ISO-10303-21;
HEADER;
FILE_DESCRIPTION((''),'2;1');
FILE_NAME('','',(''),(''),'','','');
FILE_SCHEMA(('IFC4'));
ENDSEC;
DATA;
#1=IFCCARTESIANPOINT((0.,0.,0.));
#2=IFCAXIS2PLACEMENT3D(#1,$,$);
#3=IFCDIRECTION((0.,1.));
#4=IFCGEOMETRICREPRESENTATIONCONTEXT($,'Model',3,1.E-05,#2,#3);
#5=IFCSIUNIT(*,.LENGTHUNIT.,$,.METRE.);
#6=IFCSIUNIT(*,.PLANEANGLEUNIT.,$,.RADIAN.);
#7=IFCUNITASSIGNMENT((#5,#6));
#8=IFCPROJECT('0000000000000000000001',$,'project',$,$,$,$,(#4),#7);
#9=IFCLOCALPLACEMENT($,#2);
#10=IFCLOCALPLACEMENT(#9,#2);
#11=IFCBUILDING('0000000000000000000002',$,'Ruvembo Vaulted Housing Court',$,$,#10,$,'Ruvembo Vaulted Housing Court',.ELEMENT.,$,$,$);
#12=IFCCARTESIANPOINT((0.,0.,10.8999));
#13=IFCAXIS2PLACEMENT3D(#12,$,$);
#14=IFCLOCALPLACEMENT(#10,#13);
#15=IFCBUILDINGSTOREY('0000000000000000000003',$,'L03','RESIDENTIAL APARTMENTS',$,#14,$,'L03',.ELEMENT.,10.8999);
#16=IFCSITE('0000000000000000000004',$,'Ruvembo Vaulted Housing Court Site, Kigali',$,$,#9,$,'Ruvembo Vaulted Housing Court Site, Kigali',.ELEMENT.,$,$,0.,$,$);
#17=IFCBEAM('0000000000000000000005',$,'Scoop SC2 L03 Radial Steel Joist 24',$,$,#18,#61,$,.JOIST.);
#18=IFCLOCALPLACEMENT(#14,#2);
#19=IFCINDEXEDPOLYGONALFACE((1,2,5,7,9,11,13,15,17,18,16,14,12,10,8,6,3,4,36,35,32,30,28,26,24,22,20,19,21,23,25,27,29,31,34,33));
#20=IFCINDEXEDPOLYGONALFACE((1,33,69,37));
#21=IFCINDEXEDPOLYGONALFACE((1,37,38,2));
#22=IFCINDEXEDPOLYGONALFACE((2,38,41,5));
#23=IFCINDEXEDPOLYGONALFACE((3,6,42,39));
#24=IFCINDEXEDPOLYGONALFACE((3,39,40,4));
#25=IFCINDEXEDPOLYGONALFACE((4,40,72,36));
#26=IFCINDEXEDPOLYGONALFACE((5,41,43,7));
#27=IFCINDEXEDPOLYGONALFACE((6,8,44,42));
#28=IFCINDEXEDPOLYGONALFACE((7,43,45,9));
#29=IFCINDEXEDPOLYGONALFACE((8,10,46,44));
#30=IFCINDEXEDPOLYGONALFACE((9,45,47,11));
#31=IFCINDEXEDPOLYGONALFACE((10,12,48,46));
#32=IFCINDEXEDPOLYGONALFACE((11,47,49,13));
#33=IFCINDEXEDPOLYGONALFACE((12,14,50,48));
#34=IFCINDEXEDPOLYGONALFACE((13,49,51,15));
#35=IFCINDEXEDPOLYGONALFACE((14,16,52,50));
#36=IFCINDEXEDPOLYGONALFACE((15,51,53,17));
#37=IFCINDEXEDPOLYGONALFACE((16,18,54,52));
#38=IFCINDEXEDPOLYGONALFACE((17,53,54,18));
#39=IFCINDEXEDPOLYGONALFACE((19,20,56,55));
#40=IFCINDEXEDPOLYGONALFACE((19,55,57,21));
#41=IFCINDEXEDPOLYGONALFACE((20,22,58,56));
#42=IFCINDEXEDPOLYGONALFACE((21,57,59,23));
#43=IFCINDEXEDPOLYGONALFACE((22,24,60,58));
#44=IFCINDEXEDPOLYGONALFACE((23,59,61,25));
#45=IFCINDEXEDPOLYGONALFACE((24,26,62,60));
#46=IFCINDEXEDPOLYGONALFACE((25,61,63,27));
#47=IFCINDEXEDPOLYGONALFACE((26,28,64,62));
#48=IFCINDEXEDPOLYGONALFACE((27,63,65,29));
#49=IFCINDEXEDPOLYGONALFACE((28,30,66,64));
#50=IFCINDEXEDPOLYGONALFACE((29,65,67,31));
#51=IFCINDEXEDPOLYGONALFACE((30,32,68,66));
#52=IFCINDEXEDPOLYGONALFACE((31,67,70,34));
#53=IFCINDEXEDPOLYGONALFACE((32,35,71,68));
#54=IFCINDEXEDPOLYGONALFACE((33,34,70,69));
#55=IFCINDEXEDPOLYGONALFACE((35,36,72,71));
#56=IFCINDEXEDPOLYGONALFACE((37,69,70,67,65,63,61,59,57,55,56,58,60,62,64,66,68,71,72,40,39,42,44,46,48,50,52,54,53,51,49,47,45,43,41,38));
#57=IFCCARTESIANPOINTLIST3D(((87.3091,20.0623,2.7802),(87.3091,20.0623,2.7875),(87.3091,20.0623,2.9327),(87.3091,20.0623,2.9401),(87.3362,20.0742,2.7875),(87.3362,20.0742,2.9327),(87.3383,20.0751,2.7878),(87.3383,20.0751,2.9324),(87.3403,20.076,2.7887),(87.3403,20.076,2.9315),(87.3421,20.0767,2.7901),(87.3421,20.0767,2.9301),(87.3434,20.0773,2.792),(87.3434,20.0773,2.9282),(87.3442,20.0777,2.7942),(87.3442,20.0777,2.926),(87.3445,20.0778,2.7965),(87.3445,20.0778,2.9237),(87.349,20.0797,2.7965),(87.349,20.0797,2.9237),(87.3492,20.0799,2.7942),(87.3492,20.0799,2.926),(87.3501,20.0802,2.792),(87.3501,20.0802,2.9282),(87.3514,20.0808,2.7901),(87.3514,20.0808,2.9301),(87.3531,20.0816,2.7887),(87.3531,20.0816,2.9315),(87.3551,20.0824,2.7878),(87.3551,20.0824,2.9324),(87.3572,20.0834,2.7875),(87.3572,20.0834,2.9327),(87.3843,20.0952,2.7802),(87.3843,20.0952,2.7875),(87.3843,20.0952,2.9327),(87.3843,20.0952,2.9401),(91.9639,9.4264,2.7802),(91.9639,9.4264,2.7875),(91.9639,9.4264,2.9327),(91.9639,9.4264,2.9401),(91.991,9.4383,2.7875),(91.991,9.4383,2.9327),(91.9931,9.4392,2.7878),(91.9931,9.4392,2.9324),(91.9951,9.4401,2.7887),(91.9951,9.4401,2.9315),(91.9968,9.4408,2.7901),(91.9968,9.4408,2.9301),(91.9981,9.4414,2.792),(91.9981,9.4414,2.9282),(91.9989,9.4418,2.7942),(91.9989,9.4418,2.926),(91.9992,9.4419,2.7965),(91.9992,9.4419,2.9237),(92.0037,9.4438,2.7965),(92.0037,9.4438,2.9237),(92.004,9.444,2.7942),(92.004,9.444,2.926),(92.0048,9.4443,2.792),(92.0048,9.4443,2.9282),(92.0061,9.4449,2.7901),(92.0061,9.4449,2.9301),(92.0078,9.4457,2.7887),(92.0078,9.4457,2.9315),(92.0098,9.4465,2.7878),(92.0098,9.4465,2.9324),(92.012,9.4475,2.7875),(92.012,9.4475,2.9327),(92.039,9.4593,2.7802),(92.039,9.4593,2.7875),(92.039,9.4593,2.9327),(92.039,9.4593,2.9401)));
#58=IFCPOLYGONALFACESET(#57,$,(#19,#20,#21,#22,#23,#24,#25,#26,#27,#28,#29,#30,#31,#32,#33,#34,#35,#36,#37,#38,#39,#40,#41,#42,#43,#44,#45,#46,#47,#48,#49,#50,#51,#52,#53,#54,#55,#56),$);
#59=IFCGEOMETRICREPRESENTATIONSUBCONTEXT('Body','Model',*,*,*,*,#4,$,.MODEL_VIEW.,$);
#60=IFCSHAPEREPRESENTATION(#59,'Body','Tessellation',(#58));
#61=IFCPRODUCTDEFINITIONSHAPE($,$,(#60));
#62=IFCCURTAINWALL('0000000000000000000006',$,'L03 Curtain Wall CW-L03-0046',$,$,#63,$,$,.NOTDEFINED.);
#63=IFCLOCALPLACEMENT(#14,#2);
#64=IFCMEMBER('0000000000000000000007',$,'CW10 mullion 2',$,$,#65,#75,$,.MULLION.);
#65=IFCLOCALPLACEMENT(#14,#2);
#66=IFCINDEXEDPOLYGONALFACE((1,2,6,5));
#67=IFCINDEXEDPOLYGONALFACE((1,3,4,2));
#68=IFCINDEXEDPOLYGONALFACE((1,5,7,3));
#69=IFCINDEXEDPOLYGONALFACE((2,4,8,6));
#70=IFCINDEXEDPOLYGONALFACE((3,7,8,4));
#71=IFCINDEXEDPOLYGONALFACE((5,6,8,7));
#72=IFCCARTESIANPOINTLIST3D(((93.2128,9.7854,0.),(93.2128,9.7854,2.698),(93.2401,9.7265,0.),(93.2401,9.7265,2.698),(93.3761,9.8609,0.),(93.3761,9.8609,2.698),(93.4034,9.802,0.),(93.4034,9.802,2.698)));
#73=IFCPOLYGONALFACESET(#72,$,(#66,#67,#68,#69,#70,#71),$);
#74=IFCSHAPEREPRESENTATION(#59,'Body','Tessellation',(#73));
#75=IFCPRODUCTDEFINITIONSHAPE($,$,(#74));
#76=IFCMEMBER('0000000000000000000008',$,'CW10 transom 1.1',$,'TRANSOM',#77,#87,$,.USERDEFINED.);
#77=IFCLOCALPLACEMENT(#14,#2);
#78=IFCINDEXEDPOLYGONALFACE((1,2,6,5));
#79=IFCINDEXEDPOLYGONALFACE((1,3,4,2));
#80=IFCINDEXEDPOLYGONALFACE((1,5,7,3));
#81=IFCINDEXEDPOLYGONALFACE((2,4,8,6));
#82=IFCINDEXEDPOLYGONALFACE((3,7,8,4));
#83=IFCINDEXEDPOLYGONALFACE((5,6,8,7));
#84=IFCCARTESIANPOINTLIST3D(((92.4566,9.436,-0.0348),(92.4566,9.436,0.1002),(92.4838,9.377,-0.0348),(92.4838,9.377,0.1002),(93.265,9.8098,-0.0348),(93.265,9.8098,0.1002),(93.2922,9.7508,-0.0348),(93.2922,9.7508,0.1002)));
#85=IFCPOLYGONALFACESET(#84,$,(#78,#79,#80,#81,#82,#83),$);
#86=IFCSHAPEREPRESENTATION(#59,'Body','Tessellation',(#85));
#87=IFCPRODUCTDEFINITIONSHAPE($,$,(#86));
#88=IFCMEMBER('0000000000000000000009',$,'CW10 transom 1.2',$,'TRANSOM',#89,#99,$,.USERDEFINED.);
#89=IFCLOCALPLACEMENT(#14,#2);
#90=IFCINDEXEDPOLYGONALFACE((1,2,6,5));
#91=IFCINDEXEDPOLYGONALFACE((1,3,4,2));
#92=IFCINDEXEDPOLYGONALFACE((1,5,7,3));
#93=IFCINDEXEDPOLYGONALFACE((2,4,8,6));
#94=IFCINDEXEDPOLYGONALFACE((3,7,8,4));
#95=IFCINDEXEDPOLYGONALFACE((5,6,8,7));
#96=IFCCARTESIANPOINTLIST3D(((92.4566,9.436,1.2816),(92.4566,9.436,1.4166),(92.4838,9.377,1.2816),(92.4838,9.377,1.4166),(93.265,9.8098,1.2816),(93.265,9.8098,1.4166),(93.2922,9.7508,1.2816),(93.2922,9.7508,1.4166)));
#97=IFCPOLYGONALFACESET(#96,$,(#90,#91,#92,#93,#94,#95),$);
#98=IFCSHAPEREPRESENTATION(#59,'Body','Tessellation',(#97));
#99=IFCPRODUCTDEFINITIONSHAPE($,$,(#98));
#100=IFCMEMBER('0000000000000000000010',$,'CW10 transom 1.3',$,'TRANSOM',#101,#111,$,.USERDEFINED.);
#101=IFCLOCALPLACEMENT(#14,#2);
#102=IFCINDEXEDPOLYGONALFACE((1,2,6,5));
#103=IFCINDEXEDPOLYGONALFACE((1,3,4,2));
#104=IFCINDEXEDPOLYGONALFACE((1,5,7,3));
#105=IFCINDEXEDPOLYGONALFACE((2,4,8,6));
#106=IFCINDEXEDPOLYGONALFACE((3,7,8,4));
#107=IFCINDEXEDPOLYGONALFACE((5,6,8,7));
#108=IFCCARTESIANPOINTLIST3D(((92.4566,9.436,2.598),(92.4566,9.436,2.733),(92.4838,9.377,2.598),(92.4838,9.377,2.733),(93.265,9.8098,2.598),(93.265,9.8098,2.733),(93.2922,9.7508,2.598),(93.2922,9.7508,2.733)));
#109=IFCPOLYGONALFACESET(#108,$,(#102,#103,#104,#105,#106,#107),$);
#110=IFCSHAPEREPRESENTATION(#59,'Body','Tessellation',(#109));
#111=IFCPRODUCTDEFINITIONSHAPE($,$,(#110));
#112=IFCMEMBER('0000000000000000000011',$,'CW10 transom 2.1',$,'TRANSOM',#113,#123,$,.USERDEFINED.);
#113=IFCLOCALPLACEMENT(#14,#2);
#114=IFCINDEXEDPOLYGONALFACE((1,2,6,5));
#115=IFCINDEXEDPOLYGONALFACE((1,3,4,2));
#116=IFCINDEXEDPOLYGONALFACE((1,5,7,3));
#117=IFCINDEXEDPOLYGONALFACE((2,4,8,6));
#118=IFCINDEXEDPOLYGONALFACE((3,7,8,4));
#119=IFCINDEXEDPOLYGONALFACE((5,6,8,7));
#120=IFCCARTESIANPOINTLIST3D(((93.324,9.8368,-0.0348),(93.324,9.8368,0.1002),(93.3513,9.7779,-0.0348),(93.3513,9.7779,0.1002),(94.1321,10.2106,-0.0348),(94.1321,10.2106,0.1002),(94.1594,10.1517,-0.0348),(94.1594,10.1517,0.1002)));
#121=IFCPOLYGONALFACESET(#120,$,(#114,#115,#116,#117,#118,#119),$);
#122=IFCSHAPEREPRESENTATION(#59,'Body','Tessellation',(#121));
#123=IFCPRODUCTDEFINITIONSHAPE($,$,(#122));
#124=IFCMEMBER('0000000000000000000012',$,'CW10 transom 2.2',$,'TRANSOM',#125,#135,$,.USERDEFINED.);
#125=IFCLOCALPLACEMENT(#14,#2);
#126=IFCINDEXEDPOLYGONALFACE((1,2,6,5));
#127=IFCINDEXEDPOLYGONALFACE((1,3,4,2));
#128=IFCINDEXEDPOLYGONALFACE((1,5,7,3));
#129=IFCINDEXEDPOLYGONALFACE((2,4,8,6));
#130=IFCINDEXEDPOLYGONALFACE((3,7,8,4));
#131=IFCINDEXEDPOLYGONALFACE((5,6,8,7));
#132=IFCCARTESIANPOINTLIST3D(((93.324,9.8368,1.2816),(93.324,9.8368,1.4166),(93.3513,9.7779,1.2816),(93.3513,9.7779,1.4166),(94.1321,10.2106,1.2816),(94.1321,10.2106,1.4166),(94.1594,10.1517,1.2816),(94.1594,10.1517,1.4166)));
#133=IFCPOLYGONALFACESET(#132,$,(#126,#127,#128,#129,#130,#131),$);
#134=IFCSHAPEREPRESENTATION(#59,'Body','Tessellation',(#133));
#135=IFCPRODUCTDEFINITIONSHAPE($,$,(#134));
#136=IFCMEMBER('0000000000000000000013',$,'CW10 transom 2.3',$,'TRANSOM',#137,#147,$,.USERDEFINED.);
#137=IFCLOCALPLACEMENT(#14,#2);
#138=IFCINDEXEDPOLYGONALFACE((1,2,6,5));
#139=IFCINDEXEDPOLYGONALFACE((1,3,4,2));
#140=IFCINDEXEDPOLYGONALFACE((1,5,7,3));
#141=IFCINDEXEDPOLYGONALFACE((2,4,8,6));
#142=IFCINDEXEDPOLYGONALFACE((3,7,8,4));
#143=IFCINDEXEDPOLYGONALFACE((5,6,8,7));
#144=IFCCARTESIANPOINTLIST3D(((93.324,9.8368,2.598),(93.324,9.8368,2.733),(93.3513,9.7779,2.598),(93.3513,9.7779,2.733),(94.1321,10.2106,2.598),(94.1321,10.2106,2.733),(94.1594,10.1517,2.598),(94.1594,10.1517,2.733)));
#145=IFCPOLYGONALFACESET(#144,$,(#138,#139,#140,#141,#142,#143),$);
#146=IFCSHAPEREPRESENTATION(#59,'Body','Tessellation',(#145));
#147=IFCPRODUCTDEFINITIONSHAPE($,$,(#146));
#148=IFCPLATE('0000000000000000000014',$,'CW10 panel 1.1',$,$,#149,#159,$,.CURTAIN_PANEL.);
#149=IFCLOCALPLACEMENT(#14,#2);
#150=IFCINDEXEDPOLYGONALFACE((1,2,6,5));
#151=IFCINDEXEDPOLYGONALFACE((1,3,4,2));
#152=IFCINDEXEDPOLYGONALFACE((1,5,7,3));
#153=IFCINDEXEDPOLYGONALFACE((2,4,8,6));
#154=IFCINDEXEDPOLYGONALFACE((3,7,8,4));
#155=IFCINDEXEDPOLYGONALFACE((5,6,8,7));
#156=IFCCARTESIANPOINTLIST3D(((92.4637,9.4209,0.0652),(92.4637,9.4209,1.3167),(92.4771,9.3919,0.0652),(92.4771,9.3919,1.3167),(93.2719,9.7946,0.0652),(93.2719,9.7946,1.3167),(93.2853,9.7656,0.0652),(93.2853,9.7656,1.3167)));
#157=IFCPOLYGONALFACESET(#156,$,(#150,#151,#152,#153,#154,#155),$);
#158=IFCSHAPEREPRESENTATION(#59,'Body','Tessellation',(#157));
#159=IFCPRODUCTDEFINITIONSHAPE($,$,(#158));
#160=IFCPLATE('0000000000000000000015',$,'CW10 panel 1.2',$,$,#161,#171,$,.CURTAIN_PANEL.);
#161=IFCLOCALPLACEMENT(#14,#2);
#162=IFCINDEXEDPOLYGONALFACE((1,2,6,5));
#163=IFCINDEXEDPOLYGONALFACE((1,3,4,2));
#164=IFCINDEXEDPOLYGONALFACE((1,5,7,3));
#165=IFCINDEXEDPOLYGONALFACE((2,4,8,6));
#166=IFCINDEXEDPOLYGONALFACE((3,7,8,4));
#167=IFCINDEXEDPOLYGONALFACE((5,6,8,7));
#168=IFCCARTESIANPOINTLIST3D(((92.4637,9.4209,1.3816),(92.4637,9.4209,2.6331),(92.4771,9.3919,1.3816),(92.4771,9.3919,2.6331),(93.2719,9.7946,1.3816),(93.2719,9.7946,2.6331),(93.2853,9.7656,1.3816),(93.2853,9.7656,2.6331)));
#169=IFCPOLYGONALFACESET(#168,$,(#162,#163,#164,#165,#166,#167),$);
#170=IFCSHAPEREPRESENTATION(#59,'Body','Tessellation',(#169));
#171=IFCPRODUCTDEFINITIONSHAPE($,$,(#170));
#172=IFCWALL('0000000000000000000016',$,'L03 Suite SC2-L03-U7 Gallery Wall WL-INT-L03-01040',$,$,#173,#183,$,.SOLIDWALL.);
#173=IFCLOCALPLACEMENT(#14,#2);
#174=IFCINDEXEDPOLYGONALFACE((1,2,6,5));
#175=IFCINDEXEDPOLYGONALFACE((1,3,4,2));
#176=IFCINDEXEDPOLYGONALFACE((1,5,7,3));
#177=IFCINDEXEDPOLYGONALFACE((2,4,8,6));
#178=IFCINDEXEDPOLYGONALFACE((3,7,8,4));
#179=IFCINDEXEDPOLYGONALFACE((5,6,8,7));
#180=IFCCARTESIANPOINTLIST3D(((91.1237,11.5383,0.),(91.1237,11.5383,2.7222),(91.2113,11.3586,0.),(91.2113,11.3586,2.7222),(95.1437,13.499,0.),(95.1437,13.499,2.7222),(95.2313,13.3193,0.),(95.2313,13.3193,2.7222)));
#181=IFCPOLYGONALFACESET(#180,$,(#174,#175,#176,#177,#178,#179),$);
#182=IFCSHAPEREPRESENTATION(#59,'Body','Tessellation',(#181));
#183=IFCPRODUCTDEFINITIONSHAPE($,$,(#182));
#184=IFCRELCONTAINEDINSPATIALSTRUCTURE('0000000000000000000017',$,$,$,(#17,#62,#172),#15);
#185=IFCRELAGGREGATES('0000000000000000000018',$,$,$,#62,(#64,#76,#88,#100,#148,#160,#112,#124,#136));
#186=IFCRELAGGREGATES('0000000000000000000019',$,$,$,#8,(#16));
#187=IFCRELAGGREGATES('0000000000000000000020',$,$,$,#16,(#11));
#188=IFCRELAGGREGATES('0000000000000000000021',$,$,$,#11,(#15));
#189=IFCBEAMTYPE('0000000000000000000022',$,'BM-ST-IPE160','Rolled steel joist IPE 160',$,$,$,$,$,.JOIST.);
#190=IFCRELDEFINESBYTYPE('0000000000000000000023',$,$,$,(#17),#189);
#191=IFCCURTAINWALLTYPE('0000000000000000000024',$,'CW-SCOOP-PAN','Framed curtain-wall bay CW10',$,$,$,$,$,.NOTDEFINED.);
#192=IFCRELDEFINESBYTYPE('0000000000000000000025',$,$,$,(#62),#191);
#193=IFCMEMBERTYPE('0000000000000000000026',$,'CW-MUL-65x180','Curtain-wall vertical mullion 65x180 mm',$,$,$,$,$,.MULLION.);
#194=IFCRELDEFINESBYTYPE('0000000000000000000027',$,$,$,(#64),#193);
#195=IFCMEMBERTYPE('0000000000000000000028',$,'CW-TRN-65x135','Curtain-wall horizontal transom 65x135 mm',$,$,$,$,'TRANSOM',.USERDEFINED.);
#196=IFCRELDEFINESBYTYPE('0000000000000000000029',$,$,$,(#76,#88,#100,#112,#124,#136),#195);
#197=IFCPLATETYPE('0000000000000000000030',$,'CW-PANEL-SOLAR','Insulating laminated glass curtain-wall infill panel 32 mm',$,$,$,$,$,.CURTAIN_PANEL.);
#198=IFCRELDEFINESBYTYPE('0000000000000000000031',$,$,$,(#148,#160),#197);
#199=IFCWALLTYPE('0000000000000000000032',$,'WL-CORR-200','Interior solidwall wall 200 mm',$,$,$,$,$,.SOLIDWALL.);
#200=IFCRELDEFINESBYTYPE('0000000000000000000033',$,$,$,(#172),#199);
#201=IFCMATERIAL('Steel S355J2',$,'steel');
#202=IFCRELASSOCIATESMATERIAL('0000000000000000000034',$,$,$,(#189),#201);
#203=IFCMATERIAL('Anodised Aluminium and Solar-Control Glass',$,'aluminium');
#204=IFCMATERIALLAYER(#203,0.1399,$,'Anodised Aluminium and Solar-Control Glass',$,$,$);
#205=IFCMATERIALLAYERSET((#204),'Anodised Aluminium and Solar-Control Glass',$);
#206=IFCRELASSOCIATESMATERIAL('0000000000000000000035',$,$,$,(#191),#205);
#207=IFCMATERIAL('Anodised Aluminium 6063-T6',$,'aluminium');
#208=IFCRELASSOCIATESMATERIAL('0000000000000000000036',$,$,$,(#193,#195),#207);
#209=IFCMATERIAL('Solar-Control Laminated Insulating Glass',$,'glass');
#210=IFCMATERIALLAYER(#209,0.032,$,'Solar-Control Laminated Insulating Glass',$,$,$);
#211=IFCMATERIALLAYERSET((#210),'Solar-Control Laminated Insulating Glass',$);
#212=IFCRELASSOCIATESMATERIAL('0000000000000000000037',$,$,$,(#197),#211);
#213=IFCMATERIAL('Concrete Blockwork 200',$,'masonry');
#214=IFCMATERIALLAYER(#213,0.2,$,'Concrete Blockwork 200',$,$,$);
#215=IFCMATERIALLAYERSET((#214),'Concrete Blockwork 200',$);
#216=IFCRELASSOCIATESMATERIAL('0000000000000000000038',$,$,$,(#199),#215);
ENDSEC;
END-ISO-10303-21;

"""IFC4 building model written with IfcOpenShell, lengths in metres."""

from ifc_helpers import new_model, si_unit, direction, frame, frame_2d, origin, origin_2d, place, context, subcontext, project, spatial, rectangle, i_section, extrude, material, layer, layer_set, material_profile, profile_set, type_object, element, aggregate, save


model = new_model("IFC4")

# Units and contexts
model_context = context("Model", 3, precision=1e-05, world=origin(), true_north=direction((0.0, 1.0)))
body_context = subcontext(model_context, "Body", "Model", "MODEL_VIEW")
ifc_project = project(units=[si_unit("LENGTHUNIT", "METRE"), si_unit("PLANEANGLEUNIT", "RADIAN")], contexts=[model_context])

# Site, building, storey
site_placement = place(None, origin())
site = spatial("IfcSite", under=ifc_project, at=site_placement, Name="Ruvembo Vaulted Housing Court Site, Kigali", LongName="Ruvembo Vaulted Housing Court Site, Kigali", CompositionType="ELEMENT", RefElevation=0.0)
building_placement = place(site_placement, origin())
building = spatial("IfcBuilding", under=site, at=building_placement, Name="Ruvembo Vaulted Housing Court", LongName="Ruvembo Vaulted Housing Court", CompositionType="ELEMENT")
storey_placement = place(building_placement, frame((0.0, 0.0, 10.8999)))
storey = spatial("IfcBuildingStorey", under=building, at=storey_placement, Name="L03", Description="RESIDENTIAL APARTMENTS", LongName="L03", CompositionType="ELEMENT", Elevation=10.8999)

# Beam
ifc_material_1 = material(Name="Steel S355J2", Category="steel")
ifc_material_profile_1 = material_profile(ifc_material_1, i_section(OverallWidth=0.082, OverallDepth=0.1599, WebThickness=0.0049, FlangeThickness=0.0073, FilletRadius=0.009, at=origin_2d()), Name="IPE 160")
ifc_profile_set_1 = profile_set([ifc_material_profile_1], Name="Steel S355J2")
beam_type = type_object("IfcBeamType", Name="BM-ST-IPE160", Description="Rolled steel joist IPE 160", PredefinedType="JOIST", material=ifc_profile_set_1)
beam_placement = place(storey_placement, frame((92.0015, 9.4429, 2.8601), z_axis=(-0.40093, 0.916109, 0.0), x_axis=(-0.916109, -0.40093, 0.0)))
element("IfcBeam", 1, at=beam_placement, inside=storey, type_object=beam_type, Name="Scoop SC2 L03 Radial Steel Joist 24", PredefinedType="JOIST", context=body_context, shape_type="SweptSolid", body=[
    extrude(i_section(OverallWidth=0.082, OverallDepth=0.1599, WebThickness=0.0049, FlangeThickness=0.0073, FilletRadius=0.009, at=origin_2d()), origin(), (0.0, 0.0, 1.0), 11.6099),
])

# Curtain wall, members, plates
ifc_material_2 = material(Name="Anodised Aluminium and Solar-Control Glass", Category="aluminium")
ifc_layer_1 = layer(ifc_material_2, 0.1399, Name="Anodised Aluminium and Solar-Control Glass")
ifc_layer_set_1 = layer_set([ifc_layer_1], Name="Anodised Aluminium and Solar-Control Glass")
curtain_wall_type = type_object("IfcCurtainWallType", Name="CW-SCOOP-PAN", Description="Framed curtain-wall bay CW10", PredefinedType="NOTDEFINED", material=ifc_layer_set_1)
curtain_wall_placement = place(storey_placement, origin())
curtain_wall = element("IfcCurtainWall", 2, at=curtain_wall_placement, inside=storey, type_object=curtain_wall_type, Name="L03 Curtain Wall CW-L03-0046", PredefinedType="NOTDEFINED")
ifc_material_3 = material(Name="Anodised Aluminium 6063-T6", Category="aluminium")
ifc_material_profile_2 = material_profile(ifc_material_3, rectangle(XDim=0.0649, YDim=0.1799, at=origin_2d()), Name="ALU 65x180")
ifc_profile_set_2 = profile_set([ifc_material_profile_2], Name="Anodised Aluminium 6063-T6")
member_type_1 = type_object("IfcMemberType", Name="CW-MUL-65x180", Description="Curtain-wall vertical mullion 65x180 mm", PredefinedType="MULLION", material=ifc_profile_set_2)
member_1_placement = place(storey_placement, frame((93.3081, 9.7937, 0.0), z_axis=(0.0, 0.0, 1.0), x_axis=(-0.419738, 0.907645, 0.0)))
member_1 = element("IfcMember", 3, at=member_1_placement, type_object=member_type_1, Name="CW10 mullion 2", PredefinedType="MULLION", context=body_context, shape_type="SweptSolid", body=[
    extrude(rectangle(XDim=0.0649, YDim=0.1799, at=origin_2d()), origin(), (0.0, 0.0, 1.0), 2.698),
])
ifc_material_profile_3 = material_profile(ifc_material_3, rectangle(XDim=0.0649, YDim=0.135, at=origin_2d()), Name="ALU 65x135")
ifc_profile_set_3 = profile_set([ifc_material_profile_3], Name="Anodised Aluminium 6063-T6")
member_type_2 = type_object("IfcMemberType", Name="CW-TRN-65x135", Description="Curtain-wall horizontal transom 65x135 mm", ElementType="TRANSOM", PredefinedType="USERDEFINED", material=ifc_profile_set_3)
member_2_placement = place(storey_placement, frame((92.4702, 9.4065, 0.0327), z_axis=(0.907662, 0.419701, 0.0), x_axis=(-0.419701, 0.907662, 0.0)))
member_2 = element("IfcMember", 4, at=member_2_placement, type_object=member_type_2, Name="CW10 transom 1.1", ObjectType="TRANSOM", PredefinedType="USERDEFINED", context=body_context, shape_type="SweptSolid", body=[
    extrude(rectangle(XDim=0.0649, YDim=0.135, at=origin_2d()), origin(), (0.0, 0.0, 1.0), 0.8906),
])
member_3_placement = place(storey_placement, frame((92.4702, 9.4065, 1.3491), z_axis=(0.907662, 0.419701, 0.0), x_axis=(-0.419701, 0.907662, 0.0)))
member_3 = element("IfcMember", 5, at=member_3_placement, type_object=member_type_2, Name="CW10 transom 1.2", ObjectType="TRANSOM", PredefinedType="USERDEFINED", context=body_context, shape_type="SweptSolid", body=[
    extrude(rectangle(XDim=0.0649, YDim=0.135, at=origin_2d()), origin(), (0.0, 0.0, 1.0), 0.8906),
])
member_4_placement = place(storey_placement, frame((92.4702, 9.4065, 2.6655), z_axis=(0.907662, 0.419701, 0.0), x_axis=(-0.419701, 0.907662, 0.0)))
member_4 = element("IfcMember", 6, at=member_4_placement, type_object=member_type_2, Name="CW10 transom 1.3", ObjectType="TRANSOM", PredefinedType="USERDEFINED", context=body_context, shape_type="SweptSolid", body=[
    extrude(rectangle(XDim=0.0649, YDim=0.135, at=origin_2d()), origin(), (0.0, 0.0, 1.0), 0.8906),
])
member_5_placement = place(storey_placement, frame((93.3376, 9.8074, 0.0327), z_axis=(0.907614, 0.419806, 0.0), x_axis=(-0.419806, 0.907614, 0.0)))
member_5 = element("IfcMember", 7, at=member_5_placement, type_object=member_type_2, Name="CW10 transom 2.1", ObjectType="TRANSOM", PredefinedType="USERDEFINED", context=body_context, shape_type="SweptSolid", body=[
    extrude(rectangle(XDim=0.0649, YDim=0.135, at=origin_2d()), origin(), (0.0, 0.0, 1.0), 0.8904),
])
member_6_placement = place(storey_placement, frame((93.3376, 9.8074, 1.3491), z_axis=(0.907614, 0.419806, 0.0), x_axis=(-0.419806, 0.907614, 0.0)))
member_6 = element("IfcMember", 8, at=member_6_placement, type_object=member_type_2, Name="CW10 transom 2.2", ObjectType="TRANSOM", PredefinedType="USERDEFINED", context=body_context, shape_type="SweptSolid", body=[
    extrude(rectangle(XDim=0.0649, YDim=0.135, at=origin_2d()), origin(), (0.0, 0.0, 1.0), 0.8904),
])
member_7_placement = place(storey_placement, frame((93.3376, 9.8074, 2.6655), z_axis=(0.907614, 0.419806, 0.0), x_axis=(-0.419806, 0.907614, 0.0)))
member_7 = element("IfcMember", 9, at=member_7_placement, type_object=member_type_2, Name="CW10 transom 2.3", ObjectType="TRANSOM", PredefinedType="USERDEFINED", context=body_context, shape_type="SweptSolid", body=[
    extrude(rectangle(XDim=0.0649, YDim=0.135, at=origin_2d()), origin(), (0.0, 0.0, 1.0), 0.8904),
])
ifc_material_4 = material(Name="Solar-Control Laminated Insulating Glass", Category="glass")
ifc_layer_2 = layer(ifc_material_4, 0.032, Name="Solar-Control Laminated Insulating Glass")
ifc_layer_set_2 = layer_set([ifc_layer_2], Name="Solar-Control Laminated Insulating Glass")
plate_type = type_object("IfcPlateType", Name="CW-PANEL-SOLAR", Description="Insulating laminated glass curtain-wall infill panel 32 mm", PredefinedType="CURTAIN_PANEL", material=ifc_layer_set_2)
plate_1_placement = place(storey_placement, frame((92.8745, 9.5933, 0.0652), z_axis=(0.0, 0.0, 1.0), x_axis=(0.907645, 0.419738, 0.0)))
plate_1 = element("IfcPlate", 10, at=plate_1_placement, type_object=plate_type, Name="CW10 panel 1.1", PredefinedType="CURTAIN_PANEL", context=body_context, shape_type="SweptSolid", body=[
    extrude(rectangle(XDim=0.8904, YDim=0.032, at=origin_2d()), origin(), (0.0, 0.0, 1.0), 1.2515),
])
plate_2_placement = place(storey_placement, frame((92.8745, 9.5933, 1.3816), z_axis=(0.0, 0.0, 1.0), x_axis=(0.907645, 0.419738, 0.0)))
plate_2 = element("IfcPlate", 11, at=plate_2_placement, type_object=plate_type, Name="CW10 panel 1.2", PredefinedType="CURTAIN_PANEL", context=body_context, shape_type="SweptSolid", body=[
    extrude(rectangle(XDim=0.8904, YDim=0.032, at=origin_2d()), origin(), (0.0, 0.0, 1.0), 1.2515),
])
aggregate(curtain_wall, [member_1, member_2, member_3, member_4, plate_1, plate_2, member_5, member_6, member_7])

# Shared definitions
ifc_material_5 = material(Name="Concrete Blockwork 200", Category="masonry")
ifc_layer_3 = layer(ifc_material_5, 0.2, Name="Concrete Blockwork 200")
ifc_layer_set_3 = layer_set([ifc_layer_3], Name="Concrete Blockwork 200")
wall_type_1 = type_object("IfcWallType", Name="WL-CORR-200", Description="Interior solidwall wall 200 mm", PredefinedType="SOLIDWALL", material=ifc_layer_set_3)

# Wall
wall_1_placement = place(storey_placement, frame((91.1675, 11.4485, 0.0), z_axis=(0.0, 0.0, 1.0), x_axis=(0.898794, 0.438371, 0.0)))
element("IfcWall", 12, at=wall_1_placement, inside=storey, type_object=wall_type_1, Name="L03 Suite SC2-L03-U7 Gallery Wall WL-INT-L03-01040", PredefinedType="SOLIDWALL", context=body_context, shape_type="SweptSolid", body=[
    extrude(rectangle(XDim=4.4727, YDim=0.2, at=frame_2d((2.2363, 0.0))), origin(), (0.0, 0.0, 1.0), 2.7222),
])

save(model, "model.ifc")
